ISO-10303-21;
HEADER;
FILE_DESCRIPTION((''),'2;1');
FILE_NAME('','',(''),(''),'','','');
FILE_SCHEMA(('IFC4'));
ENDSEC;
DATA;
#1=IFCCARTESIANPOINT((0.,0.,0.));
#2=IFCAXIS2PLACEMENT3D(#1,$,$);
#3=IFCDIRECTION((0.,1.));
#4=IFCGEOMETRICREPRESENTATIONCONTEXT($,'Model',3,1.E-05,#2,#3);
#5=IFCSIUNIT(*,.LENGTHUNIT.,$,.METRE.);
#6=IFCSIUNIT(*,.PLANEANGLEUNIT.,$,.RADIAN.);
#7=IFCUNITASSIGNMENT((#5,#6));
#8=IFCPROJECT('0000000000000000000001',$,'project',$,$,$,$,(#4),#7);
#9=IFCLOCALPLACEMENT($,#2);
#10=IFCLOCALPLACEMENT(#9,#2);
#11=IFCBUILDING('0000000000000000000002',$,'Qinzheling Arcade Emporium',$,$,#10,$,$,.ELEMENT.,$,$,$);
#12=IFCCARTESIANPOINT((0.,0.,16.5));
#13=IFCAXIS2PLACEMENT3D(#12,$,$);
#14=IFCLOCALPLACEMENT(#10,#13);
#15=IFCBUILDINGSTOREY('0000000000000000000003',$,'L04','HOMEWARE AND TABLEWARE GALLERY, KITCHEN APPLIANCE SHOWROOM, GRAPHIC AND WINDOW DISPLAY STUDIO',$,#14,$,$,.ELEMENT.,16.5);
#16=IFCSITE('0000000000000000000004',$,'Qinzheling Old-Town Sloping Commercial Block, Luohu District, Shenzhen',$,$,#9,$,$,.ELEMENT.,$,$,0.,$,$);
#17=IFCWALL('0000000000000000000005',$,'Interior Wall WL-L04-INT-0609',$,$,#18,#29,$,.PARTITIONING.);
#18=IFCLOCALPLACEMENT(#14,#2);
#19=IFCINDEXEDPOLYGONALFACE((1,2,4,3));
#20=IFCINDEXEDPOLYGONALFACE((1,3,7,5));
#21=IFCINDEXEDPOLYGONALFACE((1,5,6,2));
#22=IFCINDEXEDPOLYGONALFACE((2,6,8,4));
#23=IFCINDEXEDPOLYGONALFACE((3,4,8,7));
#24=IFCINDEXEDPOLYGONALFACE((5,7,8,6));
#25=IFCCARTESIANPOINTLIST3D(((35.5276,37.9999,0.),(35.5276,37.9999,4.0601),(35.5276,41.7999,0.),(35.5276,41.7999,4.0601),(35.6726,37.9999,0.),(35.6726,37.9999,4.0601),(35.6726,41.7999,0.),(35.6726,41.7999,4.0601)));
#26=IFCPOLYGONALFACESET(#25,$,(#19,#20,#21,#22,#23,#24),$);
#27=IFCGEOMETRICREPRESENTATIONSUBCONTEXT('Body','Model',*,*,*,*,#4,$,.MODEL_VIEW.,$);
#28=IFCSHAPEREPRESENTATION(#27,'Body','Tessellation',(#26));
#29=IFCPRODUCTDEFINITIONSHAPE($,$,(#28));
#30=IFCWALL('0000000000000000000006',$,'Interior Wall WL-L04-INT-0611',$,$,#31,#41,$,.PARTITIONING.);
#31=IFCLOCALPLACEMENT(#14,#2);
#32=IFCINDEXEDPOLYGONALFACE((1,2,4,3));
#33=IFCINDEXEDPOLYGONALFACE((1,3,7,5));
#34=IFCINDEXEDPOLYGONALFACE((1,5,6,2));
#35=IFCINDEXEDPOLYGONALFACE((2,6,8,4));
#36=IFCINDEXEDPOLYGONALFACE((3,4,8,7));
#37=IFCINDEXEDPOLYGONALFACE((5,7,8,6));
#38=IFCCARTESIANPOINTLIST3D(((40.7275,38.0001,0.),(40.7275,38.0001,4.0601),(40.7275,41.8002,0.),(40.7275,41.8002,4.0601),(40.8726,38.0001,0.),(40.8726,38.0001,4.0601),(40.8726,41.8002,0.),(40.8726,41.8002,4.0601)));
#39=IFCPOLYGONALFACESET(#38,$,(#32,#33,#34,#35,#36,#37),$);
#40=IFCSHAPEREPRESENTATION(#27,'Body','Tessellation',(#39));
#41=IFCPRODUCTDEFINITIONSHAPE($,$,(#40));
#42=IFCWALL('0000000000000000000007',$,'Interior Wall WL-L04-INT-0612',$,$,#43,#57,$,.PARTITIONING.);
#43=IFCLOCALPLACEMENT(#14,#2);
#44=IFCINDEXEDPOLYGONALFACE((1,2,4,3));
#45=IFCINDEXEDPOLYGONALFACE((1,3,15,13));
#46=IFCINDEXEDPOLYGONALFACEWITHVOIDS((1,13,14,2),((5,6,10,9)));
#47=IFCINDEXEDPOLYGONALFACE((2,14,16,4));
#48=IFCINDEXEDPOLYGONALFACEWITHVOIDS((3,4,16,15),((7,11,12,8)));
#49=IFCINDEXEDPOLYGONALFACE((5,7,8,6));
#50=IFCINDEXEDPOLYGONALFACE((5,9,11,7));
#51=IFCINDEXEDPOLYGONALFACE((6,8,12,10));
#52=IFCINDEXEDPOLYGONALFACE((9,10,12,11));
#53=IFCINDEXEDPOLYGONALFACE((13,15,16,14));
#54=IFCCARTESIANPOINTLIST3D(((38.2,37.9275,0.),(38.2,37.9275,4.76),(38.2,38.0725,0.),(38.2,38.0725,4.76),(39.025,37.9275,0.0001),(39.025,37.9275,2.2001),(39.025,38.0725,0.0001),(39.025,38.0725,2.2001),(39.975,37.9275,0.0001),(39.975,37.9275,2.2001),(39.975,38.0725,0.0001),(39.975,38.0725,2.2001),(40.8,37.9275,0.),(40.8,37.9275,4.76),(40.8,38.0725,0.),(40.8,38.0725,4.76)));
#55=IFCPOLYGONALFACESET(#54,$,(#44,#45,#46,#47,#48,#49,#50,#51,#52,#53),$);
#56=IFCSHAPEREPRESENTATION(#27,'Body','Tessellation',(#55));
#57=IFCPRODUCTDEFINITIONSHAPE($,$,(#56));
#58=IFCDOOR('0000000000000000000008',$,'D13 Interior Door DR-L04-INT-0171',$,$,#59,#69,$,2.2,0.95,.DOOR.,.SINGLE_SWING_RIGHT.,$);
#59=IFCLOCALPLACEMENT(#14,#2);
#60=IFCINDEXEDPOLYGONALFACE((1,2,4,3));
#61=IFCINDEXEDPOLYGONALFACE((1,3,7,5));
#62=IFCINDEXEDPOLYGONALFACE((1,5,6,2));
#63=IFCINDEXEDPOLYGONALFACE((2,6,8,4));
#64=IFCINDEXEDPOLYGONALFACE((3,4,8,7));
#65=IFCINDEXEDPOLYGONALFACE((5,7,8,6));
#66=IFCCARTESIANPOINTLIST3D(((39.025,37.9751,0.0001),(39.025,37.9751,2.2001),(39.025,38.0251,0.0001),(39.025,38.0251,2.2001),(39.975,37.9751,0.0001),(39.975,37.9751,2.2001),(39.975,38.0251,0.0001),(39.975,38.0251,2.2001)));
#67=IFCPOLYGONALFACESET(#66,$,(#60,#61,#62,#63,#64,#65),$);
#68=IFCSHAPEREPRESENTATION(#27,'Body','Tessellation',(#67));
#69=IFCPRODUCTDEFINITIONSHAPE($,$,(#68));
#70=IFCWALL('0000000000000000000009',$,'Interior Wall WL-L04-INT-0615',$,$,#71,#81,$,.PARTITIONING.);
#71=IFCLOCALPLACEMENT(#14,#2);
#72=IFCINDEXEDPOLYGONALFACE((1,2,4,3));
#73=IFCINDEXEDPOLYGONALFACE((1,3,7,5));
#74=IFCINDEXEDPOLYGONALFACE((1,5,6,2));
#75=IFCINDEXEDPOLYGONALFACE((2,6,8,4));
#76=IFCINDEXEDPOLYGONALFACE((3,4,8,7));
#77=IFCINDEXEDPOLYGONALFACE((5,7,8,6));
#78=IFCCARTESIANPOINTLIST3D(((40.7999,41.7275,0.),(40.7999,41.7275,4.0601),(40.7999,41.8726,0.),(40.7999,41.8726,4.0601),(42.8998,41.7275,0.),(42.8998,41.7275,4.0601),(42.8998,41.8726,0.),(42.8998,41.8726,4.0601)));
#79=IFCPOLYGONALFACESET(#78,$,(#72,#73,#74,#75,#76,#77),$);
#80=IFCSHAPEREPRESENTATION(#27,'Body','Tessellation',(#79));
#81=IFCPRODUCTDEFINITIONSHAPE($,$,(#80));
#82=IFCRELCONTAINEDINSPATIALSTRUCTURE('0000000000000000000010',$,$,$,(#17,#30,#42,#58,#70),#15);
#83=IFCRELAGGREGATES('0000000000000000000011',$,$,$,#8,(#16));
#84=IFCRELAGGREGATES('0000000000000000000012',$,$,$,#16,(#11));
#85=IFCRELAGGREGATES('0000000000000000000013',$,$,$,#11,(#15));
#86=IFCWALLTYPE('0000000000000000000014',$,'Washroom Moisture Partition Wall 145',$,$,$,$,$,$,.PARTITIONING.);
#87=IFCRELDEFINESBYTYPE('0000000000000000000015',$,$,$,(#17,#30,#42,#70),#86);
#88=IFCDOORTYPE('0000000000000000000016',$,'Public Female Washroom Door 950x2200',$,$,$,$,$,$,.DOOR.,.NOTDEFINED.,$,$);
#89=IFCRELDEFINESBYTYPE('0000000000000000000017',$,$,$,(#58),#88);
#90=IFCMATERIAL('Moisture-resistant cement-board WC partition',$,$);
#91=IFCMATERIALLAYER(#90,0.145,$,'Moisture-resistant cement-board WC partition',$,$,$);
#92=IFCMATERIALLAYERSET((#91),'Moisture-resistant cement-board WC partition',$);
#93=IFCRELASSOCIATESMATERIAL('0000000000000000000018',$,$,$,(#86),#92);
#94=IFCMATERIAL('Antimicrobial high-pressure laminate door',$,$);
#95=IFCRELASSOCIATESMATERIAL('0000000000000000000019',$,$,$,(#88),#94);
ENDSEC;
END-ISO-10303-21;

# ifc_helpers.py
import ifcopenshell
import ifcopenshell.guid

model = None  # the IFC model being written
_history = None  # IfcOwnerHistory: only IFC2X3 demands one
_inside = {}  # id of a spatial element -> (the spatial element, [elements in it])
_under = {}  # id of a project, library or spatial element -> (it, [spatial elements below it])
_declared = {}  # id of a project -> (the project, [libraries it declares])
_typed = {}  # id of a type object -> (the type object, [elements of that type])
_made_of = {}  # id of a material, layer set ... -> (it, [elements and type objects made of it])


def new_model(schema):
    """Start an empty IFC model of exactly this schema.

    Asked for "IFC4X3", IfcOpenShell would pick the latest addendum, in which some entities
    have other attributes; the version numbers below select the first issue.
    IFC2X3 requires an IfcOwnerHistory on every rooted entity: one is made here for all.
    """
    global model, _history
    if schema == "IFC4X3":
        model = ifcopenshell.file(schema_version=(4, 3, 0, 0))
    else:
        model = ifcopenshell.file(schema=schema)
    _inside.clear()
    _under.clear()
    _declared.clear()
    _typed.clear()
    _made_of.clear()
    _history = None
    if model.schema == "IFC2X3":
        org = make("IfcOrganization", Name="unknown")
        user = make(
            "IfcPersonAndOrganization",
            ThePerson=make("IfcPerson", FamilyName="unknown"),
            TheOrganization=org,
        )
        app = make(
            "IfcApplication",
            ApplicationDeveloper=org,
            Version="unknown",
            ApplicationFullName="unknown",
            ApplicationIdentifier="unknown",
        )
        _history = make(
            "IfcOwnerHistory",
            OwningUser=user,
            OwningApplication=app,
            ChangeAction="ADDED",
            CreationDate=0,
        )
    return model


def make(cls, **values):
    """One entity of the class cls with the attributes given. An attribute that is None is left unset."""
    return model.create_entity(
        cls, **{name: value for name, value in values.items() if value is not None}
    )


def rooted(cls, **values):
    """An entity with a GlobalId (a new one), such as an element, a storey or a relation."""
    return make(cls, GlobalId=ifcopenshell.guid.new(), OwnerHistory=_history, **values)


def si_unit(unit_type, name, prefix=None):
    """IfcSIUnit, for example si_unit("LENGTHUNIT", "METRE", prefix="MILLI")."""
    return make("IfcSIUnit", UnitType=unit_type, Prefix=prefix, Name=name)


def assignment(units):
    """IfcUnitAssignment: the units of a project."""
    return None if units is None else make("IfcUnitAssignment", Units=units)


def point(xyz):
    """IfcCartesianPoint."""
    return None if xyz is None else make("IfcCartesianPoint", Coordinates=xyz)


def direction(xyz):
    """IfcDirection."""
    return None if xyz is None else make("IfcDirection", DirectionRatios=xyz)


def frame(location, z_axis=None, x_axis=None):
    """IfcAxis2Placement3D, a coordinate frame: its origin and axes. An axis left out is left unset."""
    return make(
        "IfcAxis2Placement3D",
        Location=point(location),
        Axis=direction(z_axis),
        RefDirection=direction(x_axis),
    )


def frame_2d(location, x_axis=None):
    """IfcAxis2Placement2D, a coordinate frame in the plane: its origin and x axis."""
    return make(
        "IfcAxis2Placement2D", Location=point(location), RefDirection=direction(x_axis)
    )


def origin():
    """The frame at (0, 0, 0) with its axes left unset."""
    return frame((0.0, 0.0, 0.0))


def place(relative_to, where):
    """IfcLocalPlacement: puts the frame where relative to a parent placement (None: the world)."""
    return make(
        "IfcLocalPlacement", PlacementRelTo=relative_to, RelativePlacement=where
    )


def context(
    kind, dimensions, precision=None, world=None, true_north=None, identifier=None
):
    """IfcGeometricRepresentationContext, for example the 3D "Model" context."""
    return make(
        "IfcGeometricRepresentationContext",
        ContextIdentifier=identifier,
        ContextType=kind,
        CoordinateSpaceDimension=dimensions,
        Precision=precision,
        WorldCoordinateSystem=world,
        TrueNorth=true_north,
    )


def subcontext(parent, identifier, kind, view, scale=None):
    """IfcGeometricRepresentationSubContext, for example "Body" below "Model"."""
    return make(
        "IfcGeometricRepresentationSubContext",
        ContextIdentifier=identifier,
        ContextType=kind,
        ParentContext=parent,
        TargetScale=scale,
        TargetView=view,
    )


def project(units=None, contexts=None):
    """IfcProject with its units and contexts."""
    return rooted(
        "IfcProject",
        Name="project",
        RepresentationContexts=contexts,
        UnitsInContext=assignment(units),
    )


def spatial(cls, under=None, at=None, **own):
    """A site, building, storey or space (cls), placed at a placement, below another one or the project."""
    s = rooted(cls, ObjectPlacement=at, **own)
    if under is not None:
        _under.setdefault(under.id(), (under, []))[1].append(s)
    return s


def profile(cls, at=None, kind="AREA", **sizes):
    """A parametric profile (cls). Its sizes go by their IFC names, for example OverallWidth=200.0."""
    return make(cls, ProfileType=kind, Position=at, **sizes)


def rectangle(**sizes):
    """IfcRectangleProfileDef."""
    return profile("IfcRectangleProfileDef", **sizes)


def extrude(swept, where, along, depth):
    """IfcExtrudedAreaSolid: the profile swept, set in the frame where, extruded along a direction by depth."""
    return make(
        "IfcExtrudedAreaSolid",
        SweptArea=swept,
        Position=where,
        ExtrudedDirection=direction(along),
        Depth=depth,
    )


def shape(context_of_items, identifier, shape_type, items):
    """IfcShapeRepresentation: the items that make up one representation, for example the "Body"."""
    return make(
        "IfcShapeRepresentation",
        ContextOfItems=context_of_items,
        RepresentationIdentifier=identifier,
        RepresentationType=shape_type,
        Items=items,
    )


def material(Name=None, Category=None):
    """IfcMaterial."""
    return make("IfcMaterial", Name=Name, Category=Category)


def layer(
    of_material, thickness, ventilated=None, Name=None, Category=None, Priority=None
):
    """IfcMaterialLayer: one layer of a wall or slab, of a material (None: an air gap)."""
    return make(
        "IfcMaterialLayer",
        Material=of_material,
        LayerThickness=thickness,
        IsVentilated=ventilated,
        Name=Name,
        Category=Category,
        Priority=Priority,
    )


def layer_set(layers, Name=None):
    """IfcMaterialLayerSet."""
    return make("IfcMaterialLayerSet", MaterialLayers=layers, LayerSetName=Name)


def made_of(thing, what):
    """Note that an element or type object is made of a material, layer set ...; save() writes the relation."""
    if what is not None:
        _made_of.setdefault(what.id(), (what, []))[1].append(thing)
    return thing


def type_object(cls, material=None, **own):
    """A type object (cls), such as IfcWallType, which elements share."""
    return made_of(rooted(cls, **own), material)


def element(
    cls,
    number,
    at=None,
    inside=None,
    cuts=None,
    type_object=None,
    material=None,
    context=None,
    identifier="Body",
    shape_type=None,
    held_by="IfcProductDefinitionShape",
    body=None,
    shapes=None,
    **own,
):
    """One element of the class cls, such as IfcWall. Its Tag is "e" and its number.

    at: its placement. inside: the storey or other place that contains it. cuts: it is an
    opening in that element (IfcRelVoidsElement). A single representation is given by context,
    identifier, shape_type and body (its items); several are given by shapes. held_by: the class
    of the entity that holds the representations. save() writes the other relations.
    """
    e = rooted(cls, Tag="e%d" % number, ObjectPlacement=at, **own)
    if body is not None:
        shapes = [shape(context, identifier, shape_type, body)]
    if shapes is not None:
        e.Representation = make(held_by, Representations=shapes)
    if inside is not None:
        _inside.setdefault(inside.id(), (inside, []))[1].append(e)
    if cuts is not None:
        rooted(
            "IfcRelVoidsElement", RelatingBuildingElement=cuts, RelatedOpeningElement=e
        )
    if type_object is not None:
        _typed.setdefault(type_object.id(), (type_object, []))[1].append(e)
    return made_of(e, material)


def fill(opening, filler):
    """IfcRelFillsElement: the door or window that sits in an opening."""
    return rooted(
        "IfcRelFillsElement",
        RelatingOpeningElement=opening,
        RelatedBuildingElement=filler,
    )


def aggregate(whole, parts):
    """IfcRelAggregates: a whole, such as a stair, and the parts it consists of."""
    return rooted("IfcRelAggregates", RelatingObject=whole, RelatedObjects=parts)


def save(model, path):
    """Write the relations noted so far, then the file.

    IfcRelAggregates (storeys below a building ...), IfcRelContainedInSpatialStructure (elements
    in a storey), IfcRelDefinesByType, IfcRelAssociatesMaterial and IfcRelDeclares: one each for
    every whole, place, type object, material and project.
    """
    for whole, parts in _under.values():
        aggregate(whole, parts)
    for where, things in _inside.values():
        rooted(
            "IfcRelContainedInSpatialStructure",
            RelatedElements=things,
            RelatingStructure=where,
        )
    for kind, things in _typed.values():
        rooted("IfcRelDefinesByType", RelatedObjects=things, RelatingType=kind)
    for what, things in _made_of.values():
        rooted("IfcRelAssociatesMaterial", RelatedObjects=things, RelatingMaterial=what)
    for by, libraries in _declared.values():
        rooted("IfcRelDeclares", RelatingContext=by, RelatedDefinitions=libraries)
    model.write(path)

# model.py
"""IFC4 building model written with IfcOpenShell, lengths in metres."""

from ifc_helpers import new_model, si_unit, direction, frame, frame_2d, origin, place, context, subcontext, project, spatial, rectangle, extrude, material, layer, layer_set, type_object, element, fill, save


model = new_model("IFC4")

# Units and contexts
model_context = context("Model", 3, precision=1e-05, world=origin(), true_north=direction((0.0, 1.0)))
body_context = subcontext(model_context, "Body", "Model", "MODEL_VIEW")
ifc_project = project(units=[si_unit("LENGTHUNIT", "METRE"), si_unit("PLANEANGLEUNIT", "RADIAN")], contexts=[model_context])

# Site, building, storey
site_placement = place(None, origin())
site = spatial("IfcSite", under=ifc_project, at=site_placement, Name="Qinzheling Old-Town Sloping Commercial Block, Luohu District, Shenzhen", CompositionType="ELEMENT", RefElevation=0.0)
building_placement = place(site_placement, origin())
building = spatial("IfcBuilding", under=site, at=building_placement, Name="Qinzheling Arcade Emporium", CompositionType="ELEMENT")
storey_placement = place(building_placement, frame((0.0, 0.0, 16.5)))
storey = spatial("IfcBuildingStorey", under=building, at=storey_placement, Name="L04", Description="HOMEWARE AND TABLEWARE GALLERY, KITCHEN APPLIANCE SHOWROOM, GRAPHIC AND WINDOW DISPLAY STUDIO", CompositionType="ELEMENT", Elevation=16.5)

# Shared definitions
ifc_material_1 = material(Name="Moisture-resistant cement-board WC partition")
ifc_layer_1 = layer(ifc_material_1, 0.145, Name="Moisture-resistant cement-board WC partition")
ifc_layer_set_1 = layer_set([ifc_layer_1], Name="Moisture-resistant cement-board WC partition")
wall_type_1 = type_object("IfcWallType", Name="Washroom Moisture Partition Wall 145", PredefinedType="PARTITIONING", material=ifc_layer_set_1)
ifc_material_2 = material(Name="Antimicrobial high-pressure laminate door")

# Walls
for number, where, z_axis, x_axis, name in (
    (1, (35.6001, 38.0, 0.0), (0.0, 0.0, 1.0), (0.0, 1.0, 0.0), "Interior Wall WL-L04-INT-0609"),
    (2, (40.8, 41.8, 0.0), (0.0, 0.0, 1.0), (0.0, -1.0, 0.0), "Interior Wall WL-L04-INT-0611"),
):
    element("IfcWall", number, at=place(storey_placement, frame(where, z_axis=z_axis, x_axis=x_axis)), inside=storey, type_object=wall_type_1, Name=name, PredefinedType="PARTITIONING", context=body_context, shape_type="SweptSolid", body=[
        extrude(rectangle(XDim=3.8, YDim=0.145, at=frame_2d((1.8999, 0.0))), origin(), (0.0, 0.0, 1.0), 4.0601),
    ])

# Wall, opening, door
wall_1_placement = place(storey_placement, frame((40.8, 38.0, 0.0), z_axis=(0.0, 0.0, 1.0), x_axis=(-1.0, 0.0, 0.0)))
wall_1 = element("IfcWall", 3, at=wall_1_placement, inside=storey, type_object=wall_type_1, Name="Interior Wall WL-L04-INT-0612", PredefinedType="PARTITIONING", context=body_context, shape_type="SweptSolid", body=[
    extrude(rectangle(XDim=2.6001, YDim=0.145, at=frame_2d((1.3, 0.0))), origin(), (0.0, 0.0, 1.0), 4.76),
])
opening_1_placement = place(wall_1_placement, frame((0.825, 0.0, 0.0)))
opening_1 = element("IfcOpeningElement", 4, at=opening_1_placement, cuts=wall_1, PredefinedType="OPENING", context=body_context, shape_type="SweptSolid", body=[
    extrude(rectangle(XDim=0.95, YDim=2.2, at=frame_2d((0.4751, 1.1001))), frame((0.0, 0.0825, 0.0), z_axis=(0.0, -1.0, 0.0), x_axis=(1.0, 0.0, 0.0)), (0.0, 0.0, 1.0), 0.165),
])
door_type_1 = type_object("IfcDoorType", Name="Public Female Washroom Door 950x2200", OperationType="NOTDEFINED", PredefinedType="DOOR", material=ifc_material_2)
door_1_placement = place(opening_1_placement, origin())
door_1 = element("IfcDoor", 5, at=door_1_placement, inside=storey, type_object=door_type_1, Name="D13 Interior Door DR-L04-INT-0171", OperationType="SINGLE_SWING_RIGHT", OverallHeight=2.2, OverallWidth=0.95, PredefinedType="DOOR", context=body_context, shape_type="SweptSolid", body=[
    extrude(rectangle(XDim=0.95, YDim=2.2, at=frame_2d((0.4751, 1.1001))), frame((0.0, 0.0249, 0.0), z_axis=(0.0, -1.0, 0.0), x_axis=(1.0, 0.0, 0.0)), (0.0, 0.0, 1.0), 0.05),
])
fill(opening_1, door_1)

# Wall
wall_2_placement = place(storey_placement, frame((40.8, 41.8, 0.0), z_axis=(0.0, 0.0, 1.0), x_axis=(1.0, 0.0, 0.0)))
element("IfcWall", 6, at=wall_2_placement, inside=storey, type_object=wall_type_1, Name="Interior Wall WL-L04-INT-0615", PredefinedType="PARTITIONING", context=body_context, shape_type="SweptSolid", body=[
    extrude(rectangle(XDim=2.0999, YDim=0.145, at=frame_2d((1.0498, 0.0))), origin(), (0.0, 0.0, 1.0), 4.0601),
])

save(model, "model.ifc")
